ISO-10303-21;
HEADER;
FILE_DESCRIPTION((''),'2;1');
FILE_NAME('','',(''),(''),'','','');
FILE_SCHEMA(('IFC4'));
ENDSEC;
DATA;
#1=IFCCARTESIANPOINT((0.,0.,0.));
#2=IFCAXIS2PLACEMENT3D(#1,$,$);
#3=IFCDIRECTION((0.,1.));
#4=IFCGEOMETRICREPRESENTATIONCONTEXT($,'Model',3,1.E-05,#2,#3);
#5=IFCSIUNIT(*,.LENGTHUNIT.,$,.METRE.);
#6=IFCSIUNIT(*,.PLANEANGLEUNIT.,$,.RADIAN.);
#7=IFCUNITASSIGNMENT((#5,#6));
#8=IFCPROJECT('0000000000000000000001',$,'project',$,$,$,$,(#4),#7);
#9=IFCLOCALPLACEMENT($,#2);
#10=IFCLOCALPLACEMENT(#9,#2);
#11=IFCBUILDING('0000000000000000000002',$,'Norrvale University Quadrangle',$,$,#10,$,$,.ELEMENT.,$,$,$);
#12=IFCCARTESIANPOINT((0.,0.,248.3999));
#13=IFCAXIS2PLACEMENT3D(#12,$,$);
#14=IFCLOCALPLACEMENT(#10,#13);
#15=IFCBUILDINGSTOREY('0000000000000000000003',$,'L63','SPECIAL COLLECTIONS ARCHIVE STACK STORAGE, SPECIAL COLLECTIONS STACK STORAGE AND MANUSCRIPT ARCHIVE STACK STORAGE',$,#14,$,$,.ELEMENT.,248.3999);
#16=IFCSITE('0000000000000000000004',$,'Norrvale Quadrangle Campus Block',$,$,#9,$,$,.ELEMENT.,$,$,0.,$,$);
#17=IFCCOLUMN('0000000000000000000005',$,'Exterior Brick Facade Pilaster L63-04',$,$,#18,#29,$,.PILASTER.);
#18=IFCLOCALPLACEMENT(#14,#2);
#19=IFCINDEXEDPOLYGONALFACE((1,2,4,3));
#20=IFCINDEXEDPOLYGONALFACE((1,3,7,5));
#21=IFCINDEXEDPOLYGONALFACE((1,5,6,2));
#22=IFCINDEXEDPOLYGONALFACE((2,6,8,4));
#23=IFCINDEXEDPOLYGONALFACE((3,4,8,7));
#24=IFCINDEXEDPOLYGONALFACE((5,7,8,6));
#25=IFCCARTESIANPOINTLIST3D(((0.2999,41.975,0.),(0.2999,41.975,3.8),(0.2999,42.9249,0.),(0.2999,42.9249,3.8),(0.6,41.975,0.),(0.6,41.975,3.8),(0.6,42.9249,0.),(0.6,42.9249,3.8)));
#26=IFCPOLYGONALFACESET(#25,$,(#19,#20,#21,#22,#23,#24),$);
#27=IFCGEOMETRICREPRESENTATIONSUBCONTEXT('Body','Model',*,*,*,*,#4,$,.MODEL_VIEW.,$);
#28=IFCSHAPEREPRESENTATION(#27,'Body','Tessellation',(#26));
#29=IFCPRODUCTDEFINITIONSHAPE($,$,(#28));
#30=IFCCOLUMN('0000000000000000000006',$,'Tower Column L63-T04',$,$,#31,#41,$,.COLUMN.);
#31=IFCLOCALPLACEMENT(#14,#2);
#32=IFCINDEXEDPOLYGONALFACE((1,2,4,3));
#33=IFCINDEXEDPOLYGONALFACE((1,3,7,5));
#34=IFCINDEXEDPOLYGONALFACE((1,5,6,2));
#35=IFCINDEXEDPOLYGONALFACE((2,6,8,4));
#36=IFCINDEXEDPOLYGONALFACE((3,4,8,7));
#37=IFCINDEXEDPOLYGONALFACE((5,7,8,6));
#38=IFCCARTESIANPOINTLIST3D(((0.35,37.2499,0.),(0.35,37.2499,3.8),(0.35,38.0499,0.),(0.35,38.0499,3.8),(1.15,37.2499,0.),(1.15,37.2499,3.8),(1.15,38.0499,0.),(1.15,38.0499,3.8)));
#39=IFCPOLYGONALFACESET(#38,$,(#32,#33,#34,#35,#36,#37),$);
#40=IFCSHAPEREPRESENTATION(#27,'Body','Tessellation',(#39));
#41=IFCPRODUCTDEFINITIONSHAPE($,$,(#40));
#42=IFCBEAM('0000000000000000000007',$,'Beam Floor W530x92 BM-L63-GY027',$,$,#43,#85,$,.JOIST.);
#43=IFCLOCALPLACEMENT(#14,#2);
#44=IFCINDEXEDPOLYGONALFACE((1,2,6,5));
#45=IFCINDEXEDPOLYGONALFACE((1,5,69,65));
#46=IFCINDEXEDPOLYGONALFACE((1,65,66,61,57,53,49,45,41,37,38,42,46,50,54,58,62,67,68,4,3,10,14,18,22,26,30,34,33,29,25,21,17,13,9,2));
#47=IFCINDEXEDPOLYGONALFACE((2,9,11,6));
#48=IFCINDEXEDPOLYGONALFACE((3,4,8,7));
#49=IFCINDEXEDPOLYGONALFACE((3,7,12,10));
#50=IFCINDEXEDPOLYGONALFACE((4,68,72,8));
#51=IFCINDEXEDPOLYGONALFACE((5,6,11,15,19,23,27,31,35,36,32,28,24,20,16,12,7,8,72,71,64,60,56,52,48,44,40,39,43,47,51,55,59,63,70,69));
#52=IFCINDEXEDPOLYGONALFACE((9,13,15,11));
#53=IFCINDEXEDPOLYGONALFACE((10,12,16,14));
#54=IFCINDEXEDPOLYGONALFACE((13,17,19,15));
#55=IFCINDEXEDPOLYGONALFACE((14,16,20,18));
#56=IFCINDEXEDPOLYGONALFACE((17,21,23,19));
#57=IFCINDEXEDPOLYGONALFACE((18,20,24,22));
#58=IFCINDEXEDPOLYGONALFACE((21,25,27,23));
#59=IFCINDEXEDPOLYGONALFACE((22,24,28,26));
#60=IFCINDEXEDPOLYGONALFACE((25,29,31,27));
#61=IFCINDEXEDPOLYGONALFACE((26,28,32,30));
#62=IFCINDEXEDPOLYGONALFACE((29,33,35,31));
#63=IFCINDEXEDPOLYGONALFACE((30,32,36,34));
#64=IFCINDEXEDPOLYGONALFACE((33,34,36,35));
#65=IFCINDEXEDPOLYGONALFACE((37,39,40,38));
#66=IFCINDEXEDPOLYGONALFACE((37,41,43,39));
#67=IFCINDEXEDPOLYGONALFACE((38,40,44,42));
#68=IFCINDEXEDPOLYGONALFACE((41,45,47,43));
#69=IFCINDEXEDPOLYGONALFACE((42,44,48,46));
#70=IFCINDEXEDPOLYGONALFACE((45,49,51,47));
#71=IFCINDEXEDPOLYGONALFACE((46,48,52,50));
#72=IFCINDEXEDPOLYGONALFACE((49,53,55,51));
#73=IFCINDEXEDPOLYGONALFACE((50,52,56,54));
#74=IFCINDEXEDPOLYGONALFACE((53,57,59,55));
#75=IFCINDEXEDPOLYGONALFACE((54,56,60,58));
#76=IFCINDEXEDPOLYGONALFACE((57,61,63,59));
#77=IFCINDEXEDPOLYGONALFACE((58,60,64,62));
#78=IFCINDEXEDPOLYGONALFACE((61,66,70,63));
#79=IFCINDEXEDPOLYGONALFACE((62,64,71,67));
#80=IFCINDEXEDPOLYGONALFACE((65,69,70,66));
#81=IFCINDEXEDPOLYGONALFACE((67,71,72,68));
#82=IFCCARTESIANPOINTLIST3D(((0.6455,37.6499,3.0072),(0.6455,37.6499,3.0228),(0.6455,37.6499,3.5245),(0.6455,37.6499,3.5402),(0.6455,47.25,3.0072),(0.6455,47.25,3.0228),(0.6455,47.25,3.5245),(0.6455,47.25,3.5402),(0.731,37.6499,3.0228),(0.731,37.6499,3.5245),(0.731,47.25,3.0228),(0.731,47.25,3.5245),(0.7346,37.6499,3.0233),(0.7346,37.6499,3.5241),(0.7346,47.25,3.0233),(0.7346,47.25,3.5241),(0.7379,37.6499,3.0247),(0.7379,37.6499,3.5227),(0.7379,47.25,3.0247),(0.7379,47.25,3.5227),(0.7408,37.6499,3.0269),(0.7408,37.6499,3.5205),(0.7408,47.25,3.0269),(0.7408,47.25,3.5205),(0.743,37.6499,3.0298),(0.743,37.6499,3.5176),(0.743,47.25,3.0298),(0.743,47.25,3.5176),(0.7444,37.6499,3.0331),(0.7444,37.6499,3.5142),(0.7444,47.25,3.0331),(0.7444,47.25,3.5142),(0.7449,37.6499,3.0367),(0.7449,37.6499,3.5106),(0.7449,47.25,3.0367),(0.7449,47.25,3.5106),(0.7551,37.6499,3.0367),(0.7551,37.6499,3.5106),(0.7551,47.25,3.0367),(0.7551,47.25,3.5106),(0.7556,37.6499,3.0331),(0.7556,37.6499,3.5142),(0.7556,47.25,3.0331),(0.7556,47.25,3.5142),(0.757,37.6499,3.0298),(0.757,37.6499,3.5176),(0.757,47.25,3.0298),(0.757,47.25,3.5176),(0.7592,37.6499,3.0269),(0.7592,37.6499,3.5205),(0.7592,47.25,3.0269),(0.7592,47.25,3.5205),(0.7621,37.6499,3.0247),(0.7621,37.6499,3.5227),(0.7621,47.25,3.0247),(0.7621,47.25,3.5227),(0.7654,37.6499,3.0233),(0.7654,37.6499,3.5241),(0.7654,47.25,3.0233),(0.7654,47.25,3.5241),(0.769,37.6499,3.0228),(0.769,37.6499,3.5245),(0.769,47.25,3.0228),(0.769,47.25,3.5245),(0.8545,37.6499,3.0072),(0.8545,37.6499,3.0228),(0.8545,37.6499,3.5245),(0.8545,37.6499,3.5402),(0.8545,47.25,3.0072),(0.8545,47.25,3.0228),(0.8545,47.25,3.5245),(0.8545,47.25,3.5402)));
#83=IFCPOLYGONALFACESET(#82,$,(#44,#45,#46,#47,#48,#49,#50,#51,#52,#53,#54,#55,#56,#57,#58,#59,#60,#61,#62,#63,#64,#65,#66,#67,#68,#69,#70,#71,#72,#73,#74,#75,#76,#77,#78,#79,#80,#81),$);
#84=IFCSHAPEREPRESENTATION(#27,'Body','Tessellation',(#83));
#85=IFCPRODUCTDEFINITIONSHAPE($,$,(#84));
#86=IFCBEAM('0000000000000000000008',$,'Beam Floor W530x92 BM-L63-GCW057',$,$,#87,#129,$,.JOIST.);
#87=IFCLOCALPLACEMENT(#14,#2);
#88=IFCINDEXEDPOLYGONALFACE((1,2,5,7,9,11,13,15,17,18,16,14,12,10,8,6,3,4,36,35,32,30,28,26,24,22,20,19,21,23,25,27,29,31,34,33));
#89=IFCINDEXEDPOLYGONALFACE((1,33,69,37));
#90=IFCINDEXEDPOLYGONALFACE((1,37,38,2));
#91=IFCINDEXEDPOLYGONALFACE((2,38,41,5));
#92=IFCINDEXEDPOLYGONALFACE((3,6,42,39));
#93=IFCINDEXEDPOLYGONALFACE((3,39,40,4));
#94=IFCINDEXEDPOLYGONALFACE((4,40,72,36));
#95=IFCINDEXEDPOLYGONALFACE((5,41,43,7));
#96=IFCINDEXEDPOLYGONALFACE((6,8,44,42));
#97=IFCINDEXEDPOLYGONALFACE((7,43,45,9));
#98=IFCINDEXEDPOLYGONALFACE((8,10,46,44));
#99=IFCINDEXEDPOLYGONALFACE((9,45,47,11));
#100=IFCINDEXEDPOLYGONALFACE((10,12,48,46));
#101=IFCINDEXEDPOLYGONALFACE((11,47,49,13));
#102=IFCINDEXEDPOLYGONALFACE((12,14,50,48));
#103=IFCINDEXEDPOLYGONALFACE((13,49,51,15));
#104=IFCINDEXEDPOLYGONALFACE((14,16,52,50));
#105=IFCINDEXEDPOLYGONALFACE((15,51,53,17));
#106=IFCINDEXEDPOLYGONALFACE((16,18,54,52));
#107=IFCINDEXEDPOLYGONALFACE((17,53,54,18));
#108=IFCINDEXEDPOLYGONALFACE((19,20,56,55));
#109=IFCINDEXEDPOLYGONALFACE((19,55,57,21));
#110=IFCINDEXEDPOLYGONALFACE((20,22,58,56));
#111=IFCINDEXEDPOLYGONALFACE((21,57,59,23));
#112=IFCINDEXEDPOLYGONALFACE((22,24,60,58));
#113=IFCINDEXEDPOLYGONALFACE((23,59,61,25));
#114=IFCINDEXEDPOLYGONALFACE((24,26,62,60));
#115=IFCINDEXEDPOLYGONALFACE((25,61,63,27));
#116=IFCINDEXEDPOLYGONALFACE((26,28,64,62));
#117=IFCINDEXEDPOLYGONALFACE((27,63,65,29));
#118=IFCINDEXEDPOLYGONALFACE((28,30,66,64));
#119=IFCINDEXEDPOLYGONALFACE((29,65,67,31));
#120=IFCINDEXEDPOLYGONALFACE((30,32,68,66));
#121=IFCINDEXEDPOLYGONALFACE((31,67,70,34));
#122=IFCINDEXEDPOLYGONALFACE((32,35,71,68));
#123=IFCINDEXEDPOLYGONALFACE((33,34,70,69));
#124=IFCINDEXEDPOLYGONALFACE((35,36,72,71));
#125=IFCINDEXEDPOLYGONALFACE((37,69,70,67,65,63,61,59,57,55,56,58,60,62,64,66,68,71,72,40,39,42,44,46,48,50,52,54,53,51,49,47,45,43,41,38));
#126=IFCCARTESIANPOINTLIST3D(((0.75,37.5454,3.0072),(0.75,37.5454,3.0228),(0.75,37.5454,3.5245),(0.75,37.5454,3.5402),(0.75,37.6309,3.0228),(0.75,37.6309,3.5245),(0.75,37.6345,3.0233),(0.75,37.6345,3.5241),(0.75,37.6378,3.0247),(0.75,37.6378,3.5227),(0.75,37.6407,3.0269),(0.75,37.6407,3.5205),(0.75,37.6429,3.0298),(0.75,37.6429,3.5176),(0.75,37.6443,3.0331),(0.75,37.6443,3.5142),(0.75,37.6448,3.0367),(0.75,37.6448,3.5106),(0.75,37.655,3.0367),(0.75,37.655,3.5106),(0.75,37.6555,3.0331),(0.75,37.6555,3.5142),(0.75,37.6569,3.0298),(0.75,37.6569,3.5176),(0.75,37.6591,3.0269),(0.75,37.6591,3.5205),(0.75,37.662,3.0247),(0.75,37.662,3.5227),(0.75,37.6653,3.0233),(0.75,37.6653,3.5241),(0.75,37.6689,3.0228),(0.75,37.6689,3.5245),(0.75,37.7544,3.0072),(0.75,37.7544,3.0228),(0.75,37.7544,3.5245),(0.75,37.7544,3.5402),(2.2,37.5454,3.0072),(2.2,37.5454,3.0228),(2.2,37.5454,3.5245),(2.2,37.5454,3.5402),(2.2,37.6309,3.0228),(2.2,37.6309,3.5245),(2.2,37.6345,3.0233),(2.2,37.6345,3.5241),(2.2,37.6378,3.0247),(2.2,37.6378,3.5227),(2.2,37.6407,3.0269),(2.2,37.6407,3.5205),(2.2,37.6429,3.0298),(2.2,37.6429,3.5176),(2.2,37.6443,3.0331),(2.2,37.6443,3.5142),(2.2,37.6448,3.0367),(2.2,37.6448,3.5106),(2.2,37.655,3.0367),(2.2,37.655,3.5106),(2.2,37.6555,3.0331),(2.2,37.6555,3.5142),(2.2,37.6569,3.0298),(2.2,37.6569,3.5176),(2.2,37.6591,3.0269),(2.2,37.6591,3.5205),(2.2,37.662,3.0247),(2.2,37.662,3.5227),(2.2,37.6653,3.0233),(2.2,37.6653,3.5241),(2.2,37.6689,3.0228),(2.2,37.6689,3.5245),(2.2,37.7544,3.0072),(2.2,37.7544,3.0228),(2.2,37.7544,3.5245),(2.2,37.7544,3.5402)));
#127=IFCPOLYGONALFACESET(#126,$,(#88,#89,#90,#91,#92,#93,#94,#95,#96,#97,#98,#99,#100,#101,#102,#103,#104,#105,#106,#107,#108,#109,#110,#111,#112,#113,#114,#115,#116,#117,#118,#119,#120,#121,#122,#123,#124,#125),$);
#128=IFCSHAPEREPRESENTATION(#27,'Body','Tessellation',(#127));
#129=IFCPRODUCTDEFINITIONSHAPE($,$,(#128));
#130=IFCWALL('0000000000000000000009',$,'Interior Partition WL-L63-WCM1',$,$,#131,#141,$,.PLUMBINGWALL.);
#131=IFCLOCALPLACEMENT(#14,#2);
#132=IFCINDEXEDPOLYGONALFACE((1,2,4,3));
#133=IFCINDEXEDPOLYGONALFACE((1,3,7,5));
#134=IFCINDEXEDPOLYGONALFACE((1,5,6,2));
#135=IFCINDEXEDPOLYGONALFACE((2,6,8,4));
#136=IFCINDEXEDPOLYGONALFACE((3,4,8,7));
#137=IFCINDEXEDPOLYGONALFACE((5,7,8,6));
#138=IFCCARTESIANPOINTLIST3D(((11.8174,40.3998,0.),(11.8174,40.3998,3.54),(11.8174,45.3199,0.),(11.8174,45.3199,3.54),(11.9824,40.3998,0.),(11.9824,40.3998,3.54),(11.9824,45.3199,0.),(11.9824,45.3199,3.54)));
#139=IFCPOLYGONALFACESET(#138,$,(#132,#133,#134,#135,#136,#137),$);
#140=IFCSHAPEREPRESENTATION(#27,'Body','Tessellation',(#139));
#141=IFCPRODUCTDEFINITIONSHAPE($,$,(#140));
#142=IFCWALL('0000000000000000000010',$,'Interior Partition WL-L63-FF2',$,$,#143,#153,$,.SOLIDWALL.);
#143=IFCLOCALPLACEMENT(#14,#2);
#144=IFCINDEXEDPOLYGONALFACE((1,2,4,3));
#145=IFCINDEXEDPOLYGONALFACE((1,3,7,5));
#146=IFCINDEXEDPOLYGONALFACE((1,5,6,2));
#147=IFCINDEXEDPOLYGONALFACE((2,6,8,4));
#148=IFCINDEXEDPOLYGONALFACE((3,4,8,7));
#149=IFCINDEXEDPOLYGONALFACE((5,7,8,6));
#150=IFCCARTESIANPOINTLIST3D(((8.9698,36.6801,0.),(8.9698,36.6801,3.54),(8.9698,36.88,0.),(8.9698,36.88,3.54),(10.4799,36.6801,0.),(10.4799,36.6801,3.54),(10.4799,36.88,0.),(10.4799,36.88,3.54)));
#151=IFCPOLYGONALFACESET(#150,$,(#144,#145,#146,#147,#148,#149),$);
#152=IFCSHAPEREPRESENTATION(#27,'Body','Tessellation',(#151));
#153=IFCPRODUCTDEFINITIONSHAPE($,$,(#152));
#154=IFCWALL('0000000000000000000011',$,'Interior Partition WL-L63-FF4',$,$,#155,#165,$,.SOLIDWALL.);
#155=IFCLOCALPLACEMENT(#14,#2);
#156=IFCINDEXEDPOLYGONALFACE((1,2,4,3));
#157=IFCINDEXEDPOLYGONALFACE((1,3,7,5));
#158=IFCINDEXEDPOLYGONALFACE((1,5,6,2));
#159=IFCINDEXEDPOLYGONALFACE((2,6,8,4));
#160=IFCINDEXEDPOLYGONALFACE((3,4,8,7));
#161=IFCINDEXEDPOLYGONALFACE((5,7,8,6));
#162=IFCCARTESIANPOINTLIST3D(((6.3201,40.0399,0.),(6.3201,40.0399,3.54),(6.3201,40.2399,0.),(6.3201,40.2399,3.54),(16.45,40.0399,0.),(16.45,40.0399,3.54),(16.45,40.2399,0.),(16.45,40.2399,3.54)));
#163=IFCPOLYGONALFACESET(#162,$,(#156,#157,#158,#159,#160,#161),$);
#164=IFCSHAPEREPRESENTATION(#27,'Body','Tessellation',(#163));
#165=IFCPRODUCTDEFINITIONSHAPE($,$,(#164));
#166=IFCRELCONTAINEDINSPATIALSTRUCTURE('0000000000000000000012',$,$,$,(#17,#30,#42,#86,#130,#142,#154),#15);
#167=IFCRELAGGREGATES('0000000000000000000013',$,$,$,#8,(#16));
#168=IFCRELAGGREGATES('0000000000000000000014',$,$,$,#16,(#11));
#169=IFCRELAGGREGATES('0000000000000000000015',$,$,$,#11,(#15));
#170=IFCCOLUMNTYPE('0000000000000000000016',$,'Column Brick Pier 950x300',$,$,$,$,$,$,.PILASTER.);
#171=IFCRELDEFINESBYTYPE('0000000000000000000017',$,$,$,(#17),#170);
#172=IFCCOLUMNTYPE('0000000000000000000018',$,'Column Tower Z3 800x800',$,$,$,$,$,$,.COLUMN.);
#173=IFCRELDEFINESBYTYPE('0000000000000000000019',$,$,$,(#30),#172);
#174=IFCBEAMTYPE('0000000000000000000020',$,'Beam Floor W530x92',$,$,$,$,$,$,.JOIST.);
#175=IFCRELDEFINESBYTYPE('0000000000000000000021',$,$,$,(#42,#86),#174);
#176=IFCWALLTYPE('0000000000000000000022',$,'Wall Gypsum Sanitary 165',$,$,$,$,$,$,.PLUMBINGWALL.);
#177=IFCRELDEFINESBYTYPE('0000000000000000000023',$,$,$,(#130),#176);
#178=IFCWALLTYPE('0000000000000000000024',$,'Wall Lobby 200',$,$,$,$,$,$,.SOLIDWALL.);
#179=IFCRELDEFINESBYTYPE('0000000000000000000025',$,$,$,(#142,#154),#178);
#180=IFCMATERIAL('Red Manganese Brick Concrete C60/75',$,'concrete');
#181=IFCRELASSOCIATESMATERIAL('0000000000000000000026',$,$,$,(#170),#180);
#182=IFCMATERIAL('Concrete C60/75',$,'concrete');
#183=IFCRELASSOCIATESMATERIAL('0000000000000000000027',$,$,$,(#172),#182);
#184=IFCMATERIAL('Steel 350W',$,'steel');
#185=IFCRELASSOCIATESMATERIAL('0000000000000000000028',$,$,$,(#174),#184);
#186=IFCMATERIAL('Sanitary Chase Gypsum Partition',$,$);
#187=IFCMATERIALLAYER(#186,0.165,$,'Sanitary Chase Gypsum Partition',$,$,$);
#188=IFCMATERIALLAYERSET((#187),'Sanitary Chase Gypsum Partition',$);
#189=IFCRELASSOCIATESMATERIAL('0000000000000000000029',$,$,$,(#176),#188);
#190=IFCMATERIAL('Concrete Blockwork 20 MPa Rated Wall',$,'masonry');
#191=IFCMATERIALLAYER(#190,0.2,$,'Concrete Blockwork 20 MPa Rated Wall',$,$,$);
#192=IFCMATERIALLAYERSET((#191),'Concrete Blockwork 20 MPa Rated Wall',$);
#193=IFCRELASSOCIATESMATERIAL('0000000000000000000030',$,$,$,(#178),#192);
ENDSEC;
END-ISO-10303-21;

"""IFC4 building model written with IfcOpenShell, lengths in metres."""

from ifc_helpers import new_model, si_unit, direction, frame, frame_2d, origin, origin_2d, place, context, subcontext, project, spatial, rectangle, i_section, extrude, material, layer, layer_set, material_profile, profile_set, type_object, element, save


model = new_model("IFC4")

# Units and contexts
model_context = context("Model", 3, precision=1e-05, world=origin(), true_north=direction((0.0, 1.0)))
body_context = subcontext(model_context, "Body", "Model", "MODEL_VIEW")
ifc_project = project(units=[si_unit("LENGTHUNIT", "METRE"), si_unit("PLANEANGLEUNIT", "RADIAN")], contexts=[model_context])

# Site, building, storey
site_placement = place(None, origin())
site = spatial("IfcSite", under=ifc_project, at=site_placement, Name="Norrvale Quadrangle Campus Block", CompositionType="ELEMENT", RefElevation=0.0)
building_placement = place(site_placement, origin())
building = spatial("IfcBuilding", under=site, at=building_placement, Name="Norrvale University Quadrangle", CompositionType="ELEMENT")
storey_placement = place(building_placement, frame((0.0, 0.0, 248.3999)))
storey = spatial("IfcBuildingStorey", under=building, at=storey_placement, Name="L63", Description="SPECIAL COLLECTIONS ARCHIVE STACK STORAGE, SPECIAL COLLECTIONS STACK STORAGE AND MANUSCRIPT ARCHIVE STACK STORAGE", CompositionType="ELEMENT", Elevation=248.3999)

# Columns
ifc_material_1 = material(Name="Red Manganese Brick Concrete C60/75", Category="concrete")
ifc_material_profile_1 = material_profile(ifc_material_1, rectangle(XDim=0.95, YDim=0.3, at=origin_2d()), Name="Red Manganese Brick Concrete C60/75")
ifc_profile_set_1 = profile_set([ifc_material_profile_1], Name="Red Manganese Brick Concrete C60/75")
column_type_1 = type_object("IfcColumnType", Name="Column Brick Pier 950x300", PredefinedType="PILASTER", material=ifc_profile_set_1)
column_1_placement = place(storey_placement, frame((0.45, 42.45, 0.0), z_axis=(0.0, 0.0, 1.0), x_axis=(0.0, 1.0, 0.0)))
element("IfcColumn", 1, at=column_1_placement, inside=storey, type_object=column_type_1, Name="Exterior Brick Facade Pilaster L63-04", PredefinedType="PILASTER", context=body_context, shape_type="SweptSolid", body=[
    extrude(rectangle(XDim=0.95, YDim=0.3, at=origin_2d()), origin(), (0.0, 0.0, 1.0), 3.8),
])
ifc_material_2 = material(Name="Concrete C60/75", Category="concrete")
ifc_material_profile_2 = material_profile(ifc_material_2, rectangle(XDim=0.8, YDim=0.8, at=origin_2d()), Name="Concrete C60/75")
ifc_profile_set_2 = profile_set([ifc_material_profile_2], Name="Concrete C60/75")
column_type_2 = type_object("IfcColumnType", Name="Column Tower Z3 800x800", PredefinedType="COLUMN", material=ifc_profile_set_2)
column_2_placement = place(storey_placement, frame((0.75, 37.6499, 0.0), z_axis=(0.0, 0.0, 1.0), x_axis=(1.0, 0.0, 0.0)))
element("IfcColumn", 2, at=column_2_placement, inside=storey, type_object=column_type_2, Name="Tower Column L63-T04", PredefinedType="COLUMN", context=body_context, shape_type="SweptSolid", body=[
    extrude(rectangle(XDim=0.8, YDim=0.8, at=origin_2d()), origin(), (0.0, 0.0, 1.0), 3.8),
])

# Beams
ifc_material_3 = material(Name="Steel 350W", Category="steel")
ifc_material_profile_3 = material_profile(ifc_material_3, i_section(OverallWidth=0.209, OverallDepth=0.533, WebThickness=0.0103, FlangeThickness=0.0156, FilletRadius=0.0139, at=origin_2d()), Name="Steel 350W")
ifc_profile_set_3 = profile_set([ifc_material_profile_3], Name="Steel 350W")
beam_type = type_object("IfcBeamType", Name="Beam Floor W530x92", PredefinedType="JOIST", material=ifc_profile_set_3)
beam_1_placement = place(storey_placement, frame((0.75, 37.6499, 3.2737), z_axis=(0.0, 1.0, 0.0), x_axis=(-1.0, 0.0, 0.0)))
element("IfcBeam", 3, at=beam_1_placement, inside=storey, type_object=beam_type, Name="Beam Floor W530x92 BM-L63-GY027", PredefinedType="JOIST", context=body_context, shape_type="SweptSolid", body=[
    extrude(i_section(OverallWidth=0.209, OverallDepth=0.533, WebThickness=0.0103, FlangeThickness=0.0156, FilletRadius=0.0139, at=origin_2d()), origin(), (0.0, 0.0, 1.0), 9.6001),
])
beam_2_placement = place(storey_placement, frame((0.75, 37.6499, 3.2737), z_axis=(1.0, 0.0, 0.0), x_axis=(0.0, 1.0, 0.0)))
element("IfcBeam", 4, at=beam_2_placement, inside=storey, type_object=beam_type, Name="Beam Floor W530x92 BM-L63-GCW057", PredefinedType="JOIST", context=body_context, shape_type="SweptSolid", body=[
    extrude(i_section(OverallWidth=0.209, OverallDepth=0.533, WebThickness=0.0103, FlangeThickness=0.0156, FilletRadius=0.0139, at=origin_2d()), origin(), (0.0, 0.0, 1.0), 1.45),
])

# Walls
ifc_material_4 = material(Name="Sanitary Chase Gypsum Partition")
ifc_layer_1 = layer(ifc_material_4, 0.165, Name="Sanitary Chase Gypsum Partition")
ifc_layer_set_1 = layer_set([ifc_layer_1], Name="Sanitary Chase Gypsum Partition")
wall_type_1 = type_object("IfcWallType", Name="Wall Gypsum Sanitary 165", PredefinedType="PLUMBINGWALL", material=ifc_layer_set_1)
wall_1_placement = place(storey_placement, frame((11.8999, 40.3999, 0.0), z_axis=(0.0, 0.0, 1.0), x_axis=(0.0, 1.0, 0.0)))
element("IfcWall", 5, at=wall_1_placement, inside=storey, type_object=wall_type_1, Name="Interior Partition WL-L63-WCM1", PredefinedType="PLUMBINGWALL", context=body_context, shape_type="SweptSolid", body=[
    extrude(rectangle(XDim=4.9202, YDim=0.165, at=frame_2d((2.46, 0.0))), origin(), (0.0, 0.0, 1.0), 3.54),
])
ifc_material_5 = material(Name="Concrete Blockwork 20 MPa Rated Wall", Category="masonry")
ifc_layer_2 = layer(ifc_material_5, 0.2, Name="Concrete Blockwork 20 MPa Rated Wall")
ifc_layer_set_2 = layer_set([ifc_layer_2], Name="Concrete Blockwork 20 MPa Rated Wall")
wall_type_2 = type_object("IfcWallType", Name="Wall Lobby 200", PredefinedType="SOLIDWALL", material=ifc_layer_set_2)
wall_2_placement = place(storey_placement, frame((8.97, 36.78, 0.0), z_axis=(0.0, 0.0, 1.0), x_axis=(1.0, 0.0, 0.0)))
element("IfcWall", 6, at=wall_2_placement, inside=storey, type_object=wall_type_2, Name="Interior Partition WL-L63-FF2", PredefinedType="SOLIDWALL", context=body_context, shape_type="SweptSolid", body=[
    extrude(rectangle(XDim=1.51, YDim=0.2, at=frame_2d((0.7549, 0.0))), origin(), (0.0, 0.0, 1.0), 3.54),
])
wall_3_placement = place(storey_placement, frame((6.3201, 40.1399, 0.0), z_axis=(0.0, 0.0, 1.0), x_axis=(1.0, 0.0, 0.0)))
element("IfcWall", 7, at=wall_3_placement, inside=storey, type_object=wall_type_2, Name="Interior Partition WL-L63-FF4", PredefinedType="SOLIDWALL", context=body_context, shape_type="SweptSolid", body=[
    extrude(rectangle(XDim=10.1299, YDim=0.2, at=frame_2d((5.0649, 0.0))), origin(), (0.0, 0.0, 1.0), 3.54),
])

save(model, "model.ifc")
